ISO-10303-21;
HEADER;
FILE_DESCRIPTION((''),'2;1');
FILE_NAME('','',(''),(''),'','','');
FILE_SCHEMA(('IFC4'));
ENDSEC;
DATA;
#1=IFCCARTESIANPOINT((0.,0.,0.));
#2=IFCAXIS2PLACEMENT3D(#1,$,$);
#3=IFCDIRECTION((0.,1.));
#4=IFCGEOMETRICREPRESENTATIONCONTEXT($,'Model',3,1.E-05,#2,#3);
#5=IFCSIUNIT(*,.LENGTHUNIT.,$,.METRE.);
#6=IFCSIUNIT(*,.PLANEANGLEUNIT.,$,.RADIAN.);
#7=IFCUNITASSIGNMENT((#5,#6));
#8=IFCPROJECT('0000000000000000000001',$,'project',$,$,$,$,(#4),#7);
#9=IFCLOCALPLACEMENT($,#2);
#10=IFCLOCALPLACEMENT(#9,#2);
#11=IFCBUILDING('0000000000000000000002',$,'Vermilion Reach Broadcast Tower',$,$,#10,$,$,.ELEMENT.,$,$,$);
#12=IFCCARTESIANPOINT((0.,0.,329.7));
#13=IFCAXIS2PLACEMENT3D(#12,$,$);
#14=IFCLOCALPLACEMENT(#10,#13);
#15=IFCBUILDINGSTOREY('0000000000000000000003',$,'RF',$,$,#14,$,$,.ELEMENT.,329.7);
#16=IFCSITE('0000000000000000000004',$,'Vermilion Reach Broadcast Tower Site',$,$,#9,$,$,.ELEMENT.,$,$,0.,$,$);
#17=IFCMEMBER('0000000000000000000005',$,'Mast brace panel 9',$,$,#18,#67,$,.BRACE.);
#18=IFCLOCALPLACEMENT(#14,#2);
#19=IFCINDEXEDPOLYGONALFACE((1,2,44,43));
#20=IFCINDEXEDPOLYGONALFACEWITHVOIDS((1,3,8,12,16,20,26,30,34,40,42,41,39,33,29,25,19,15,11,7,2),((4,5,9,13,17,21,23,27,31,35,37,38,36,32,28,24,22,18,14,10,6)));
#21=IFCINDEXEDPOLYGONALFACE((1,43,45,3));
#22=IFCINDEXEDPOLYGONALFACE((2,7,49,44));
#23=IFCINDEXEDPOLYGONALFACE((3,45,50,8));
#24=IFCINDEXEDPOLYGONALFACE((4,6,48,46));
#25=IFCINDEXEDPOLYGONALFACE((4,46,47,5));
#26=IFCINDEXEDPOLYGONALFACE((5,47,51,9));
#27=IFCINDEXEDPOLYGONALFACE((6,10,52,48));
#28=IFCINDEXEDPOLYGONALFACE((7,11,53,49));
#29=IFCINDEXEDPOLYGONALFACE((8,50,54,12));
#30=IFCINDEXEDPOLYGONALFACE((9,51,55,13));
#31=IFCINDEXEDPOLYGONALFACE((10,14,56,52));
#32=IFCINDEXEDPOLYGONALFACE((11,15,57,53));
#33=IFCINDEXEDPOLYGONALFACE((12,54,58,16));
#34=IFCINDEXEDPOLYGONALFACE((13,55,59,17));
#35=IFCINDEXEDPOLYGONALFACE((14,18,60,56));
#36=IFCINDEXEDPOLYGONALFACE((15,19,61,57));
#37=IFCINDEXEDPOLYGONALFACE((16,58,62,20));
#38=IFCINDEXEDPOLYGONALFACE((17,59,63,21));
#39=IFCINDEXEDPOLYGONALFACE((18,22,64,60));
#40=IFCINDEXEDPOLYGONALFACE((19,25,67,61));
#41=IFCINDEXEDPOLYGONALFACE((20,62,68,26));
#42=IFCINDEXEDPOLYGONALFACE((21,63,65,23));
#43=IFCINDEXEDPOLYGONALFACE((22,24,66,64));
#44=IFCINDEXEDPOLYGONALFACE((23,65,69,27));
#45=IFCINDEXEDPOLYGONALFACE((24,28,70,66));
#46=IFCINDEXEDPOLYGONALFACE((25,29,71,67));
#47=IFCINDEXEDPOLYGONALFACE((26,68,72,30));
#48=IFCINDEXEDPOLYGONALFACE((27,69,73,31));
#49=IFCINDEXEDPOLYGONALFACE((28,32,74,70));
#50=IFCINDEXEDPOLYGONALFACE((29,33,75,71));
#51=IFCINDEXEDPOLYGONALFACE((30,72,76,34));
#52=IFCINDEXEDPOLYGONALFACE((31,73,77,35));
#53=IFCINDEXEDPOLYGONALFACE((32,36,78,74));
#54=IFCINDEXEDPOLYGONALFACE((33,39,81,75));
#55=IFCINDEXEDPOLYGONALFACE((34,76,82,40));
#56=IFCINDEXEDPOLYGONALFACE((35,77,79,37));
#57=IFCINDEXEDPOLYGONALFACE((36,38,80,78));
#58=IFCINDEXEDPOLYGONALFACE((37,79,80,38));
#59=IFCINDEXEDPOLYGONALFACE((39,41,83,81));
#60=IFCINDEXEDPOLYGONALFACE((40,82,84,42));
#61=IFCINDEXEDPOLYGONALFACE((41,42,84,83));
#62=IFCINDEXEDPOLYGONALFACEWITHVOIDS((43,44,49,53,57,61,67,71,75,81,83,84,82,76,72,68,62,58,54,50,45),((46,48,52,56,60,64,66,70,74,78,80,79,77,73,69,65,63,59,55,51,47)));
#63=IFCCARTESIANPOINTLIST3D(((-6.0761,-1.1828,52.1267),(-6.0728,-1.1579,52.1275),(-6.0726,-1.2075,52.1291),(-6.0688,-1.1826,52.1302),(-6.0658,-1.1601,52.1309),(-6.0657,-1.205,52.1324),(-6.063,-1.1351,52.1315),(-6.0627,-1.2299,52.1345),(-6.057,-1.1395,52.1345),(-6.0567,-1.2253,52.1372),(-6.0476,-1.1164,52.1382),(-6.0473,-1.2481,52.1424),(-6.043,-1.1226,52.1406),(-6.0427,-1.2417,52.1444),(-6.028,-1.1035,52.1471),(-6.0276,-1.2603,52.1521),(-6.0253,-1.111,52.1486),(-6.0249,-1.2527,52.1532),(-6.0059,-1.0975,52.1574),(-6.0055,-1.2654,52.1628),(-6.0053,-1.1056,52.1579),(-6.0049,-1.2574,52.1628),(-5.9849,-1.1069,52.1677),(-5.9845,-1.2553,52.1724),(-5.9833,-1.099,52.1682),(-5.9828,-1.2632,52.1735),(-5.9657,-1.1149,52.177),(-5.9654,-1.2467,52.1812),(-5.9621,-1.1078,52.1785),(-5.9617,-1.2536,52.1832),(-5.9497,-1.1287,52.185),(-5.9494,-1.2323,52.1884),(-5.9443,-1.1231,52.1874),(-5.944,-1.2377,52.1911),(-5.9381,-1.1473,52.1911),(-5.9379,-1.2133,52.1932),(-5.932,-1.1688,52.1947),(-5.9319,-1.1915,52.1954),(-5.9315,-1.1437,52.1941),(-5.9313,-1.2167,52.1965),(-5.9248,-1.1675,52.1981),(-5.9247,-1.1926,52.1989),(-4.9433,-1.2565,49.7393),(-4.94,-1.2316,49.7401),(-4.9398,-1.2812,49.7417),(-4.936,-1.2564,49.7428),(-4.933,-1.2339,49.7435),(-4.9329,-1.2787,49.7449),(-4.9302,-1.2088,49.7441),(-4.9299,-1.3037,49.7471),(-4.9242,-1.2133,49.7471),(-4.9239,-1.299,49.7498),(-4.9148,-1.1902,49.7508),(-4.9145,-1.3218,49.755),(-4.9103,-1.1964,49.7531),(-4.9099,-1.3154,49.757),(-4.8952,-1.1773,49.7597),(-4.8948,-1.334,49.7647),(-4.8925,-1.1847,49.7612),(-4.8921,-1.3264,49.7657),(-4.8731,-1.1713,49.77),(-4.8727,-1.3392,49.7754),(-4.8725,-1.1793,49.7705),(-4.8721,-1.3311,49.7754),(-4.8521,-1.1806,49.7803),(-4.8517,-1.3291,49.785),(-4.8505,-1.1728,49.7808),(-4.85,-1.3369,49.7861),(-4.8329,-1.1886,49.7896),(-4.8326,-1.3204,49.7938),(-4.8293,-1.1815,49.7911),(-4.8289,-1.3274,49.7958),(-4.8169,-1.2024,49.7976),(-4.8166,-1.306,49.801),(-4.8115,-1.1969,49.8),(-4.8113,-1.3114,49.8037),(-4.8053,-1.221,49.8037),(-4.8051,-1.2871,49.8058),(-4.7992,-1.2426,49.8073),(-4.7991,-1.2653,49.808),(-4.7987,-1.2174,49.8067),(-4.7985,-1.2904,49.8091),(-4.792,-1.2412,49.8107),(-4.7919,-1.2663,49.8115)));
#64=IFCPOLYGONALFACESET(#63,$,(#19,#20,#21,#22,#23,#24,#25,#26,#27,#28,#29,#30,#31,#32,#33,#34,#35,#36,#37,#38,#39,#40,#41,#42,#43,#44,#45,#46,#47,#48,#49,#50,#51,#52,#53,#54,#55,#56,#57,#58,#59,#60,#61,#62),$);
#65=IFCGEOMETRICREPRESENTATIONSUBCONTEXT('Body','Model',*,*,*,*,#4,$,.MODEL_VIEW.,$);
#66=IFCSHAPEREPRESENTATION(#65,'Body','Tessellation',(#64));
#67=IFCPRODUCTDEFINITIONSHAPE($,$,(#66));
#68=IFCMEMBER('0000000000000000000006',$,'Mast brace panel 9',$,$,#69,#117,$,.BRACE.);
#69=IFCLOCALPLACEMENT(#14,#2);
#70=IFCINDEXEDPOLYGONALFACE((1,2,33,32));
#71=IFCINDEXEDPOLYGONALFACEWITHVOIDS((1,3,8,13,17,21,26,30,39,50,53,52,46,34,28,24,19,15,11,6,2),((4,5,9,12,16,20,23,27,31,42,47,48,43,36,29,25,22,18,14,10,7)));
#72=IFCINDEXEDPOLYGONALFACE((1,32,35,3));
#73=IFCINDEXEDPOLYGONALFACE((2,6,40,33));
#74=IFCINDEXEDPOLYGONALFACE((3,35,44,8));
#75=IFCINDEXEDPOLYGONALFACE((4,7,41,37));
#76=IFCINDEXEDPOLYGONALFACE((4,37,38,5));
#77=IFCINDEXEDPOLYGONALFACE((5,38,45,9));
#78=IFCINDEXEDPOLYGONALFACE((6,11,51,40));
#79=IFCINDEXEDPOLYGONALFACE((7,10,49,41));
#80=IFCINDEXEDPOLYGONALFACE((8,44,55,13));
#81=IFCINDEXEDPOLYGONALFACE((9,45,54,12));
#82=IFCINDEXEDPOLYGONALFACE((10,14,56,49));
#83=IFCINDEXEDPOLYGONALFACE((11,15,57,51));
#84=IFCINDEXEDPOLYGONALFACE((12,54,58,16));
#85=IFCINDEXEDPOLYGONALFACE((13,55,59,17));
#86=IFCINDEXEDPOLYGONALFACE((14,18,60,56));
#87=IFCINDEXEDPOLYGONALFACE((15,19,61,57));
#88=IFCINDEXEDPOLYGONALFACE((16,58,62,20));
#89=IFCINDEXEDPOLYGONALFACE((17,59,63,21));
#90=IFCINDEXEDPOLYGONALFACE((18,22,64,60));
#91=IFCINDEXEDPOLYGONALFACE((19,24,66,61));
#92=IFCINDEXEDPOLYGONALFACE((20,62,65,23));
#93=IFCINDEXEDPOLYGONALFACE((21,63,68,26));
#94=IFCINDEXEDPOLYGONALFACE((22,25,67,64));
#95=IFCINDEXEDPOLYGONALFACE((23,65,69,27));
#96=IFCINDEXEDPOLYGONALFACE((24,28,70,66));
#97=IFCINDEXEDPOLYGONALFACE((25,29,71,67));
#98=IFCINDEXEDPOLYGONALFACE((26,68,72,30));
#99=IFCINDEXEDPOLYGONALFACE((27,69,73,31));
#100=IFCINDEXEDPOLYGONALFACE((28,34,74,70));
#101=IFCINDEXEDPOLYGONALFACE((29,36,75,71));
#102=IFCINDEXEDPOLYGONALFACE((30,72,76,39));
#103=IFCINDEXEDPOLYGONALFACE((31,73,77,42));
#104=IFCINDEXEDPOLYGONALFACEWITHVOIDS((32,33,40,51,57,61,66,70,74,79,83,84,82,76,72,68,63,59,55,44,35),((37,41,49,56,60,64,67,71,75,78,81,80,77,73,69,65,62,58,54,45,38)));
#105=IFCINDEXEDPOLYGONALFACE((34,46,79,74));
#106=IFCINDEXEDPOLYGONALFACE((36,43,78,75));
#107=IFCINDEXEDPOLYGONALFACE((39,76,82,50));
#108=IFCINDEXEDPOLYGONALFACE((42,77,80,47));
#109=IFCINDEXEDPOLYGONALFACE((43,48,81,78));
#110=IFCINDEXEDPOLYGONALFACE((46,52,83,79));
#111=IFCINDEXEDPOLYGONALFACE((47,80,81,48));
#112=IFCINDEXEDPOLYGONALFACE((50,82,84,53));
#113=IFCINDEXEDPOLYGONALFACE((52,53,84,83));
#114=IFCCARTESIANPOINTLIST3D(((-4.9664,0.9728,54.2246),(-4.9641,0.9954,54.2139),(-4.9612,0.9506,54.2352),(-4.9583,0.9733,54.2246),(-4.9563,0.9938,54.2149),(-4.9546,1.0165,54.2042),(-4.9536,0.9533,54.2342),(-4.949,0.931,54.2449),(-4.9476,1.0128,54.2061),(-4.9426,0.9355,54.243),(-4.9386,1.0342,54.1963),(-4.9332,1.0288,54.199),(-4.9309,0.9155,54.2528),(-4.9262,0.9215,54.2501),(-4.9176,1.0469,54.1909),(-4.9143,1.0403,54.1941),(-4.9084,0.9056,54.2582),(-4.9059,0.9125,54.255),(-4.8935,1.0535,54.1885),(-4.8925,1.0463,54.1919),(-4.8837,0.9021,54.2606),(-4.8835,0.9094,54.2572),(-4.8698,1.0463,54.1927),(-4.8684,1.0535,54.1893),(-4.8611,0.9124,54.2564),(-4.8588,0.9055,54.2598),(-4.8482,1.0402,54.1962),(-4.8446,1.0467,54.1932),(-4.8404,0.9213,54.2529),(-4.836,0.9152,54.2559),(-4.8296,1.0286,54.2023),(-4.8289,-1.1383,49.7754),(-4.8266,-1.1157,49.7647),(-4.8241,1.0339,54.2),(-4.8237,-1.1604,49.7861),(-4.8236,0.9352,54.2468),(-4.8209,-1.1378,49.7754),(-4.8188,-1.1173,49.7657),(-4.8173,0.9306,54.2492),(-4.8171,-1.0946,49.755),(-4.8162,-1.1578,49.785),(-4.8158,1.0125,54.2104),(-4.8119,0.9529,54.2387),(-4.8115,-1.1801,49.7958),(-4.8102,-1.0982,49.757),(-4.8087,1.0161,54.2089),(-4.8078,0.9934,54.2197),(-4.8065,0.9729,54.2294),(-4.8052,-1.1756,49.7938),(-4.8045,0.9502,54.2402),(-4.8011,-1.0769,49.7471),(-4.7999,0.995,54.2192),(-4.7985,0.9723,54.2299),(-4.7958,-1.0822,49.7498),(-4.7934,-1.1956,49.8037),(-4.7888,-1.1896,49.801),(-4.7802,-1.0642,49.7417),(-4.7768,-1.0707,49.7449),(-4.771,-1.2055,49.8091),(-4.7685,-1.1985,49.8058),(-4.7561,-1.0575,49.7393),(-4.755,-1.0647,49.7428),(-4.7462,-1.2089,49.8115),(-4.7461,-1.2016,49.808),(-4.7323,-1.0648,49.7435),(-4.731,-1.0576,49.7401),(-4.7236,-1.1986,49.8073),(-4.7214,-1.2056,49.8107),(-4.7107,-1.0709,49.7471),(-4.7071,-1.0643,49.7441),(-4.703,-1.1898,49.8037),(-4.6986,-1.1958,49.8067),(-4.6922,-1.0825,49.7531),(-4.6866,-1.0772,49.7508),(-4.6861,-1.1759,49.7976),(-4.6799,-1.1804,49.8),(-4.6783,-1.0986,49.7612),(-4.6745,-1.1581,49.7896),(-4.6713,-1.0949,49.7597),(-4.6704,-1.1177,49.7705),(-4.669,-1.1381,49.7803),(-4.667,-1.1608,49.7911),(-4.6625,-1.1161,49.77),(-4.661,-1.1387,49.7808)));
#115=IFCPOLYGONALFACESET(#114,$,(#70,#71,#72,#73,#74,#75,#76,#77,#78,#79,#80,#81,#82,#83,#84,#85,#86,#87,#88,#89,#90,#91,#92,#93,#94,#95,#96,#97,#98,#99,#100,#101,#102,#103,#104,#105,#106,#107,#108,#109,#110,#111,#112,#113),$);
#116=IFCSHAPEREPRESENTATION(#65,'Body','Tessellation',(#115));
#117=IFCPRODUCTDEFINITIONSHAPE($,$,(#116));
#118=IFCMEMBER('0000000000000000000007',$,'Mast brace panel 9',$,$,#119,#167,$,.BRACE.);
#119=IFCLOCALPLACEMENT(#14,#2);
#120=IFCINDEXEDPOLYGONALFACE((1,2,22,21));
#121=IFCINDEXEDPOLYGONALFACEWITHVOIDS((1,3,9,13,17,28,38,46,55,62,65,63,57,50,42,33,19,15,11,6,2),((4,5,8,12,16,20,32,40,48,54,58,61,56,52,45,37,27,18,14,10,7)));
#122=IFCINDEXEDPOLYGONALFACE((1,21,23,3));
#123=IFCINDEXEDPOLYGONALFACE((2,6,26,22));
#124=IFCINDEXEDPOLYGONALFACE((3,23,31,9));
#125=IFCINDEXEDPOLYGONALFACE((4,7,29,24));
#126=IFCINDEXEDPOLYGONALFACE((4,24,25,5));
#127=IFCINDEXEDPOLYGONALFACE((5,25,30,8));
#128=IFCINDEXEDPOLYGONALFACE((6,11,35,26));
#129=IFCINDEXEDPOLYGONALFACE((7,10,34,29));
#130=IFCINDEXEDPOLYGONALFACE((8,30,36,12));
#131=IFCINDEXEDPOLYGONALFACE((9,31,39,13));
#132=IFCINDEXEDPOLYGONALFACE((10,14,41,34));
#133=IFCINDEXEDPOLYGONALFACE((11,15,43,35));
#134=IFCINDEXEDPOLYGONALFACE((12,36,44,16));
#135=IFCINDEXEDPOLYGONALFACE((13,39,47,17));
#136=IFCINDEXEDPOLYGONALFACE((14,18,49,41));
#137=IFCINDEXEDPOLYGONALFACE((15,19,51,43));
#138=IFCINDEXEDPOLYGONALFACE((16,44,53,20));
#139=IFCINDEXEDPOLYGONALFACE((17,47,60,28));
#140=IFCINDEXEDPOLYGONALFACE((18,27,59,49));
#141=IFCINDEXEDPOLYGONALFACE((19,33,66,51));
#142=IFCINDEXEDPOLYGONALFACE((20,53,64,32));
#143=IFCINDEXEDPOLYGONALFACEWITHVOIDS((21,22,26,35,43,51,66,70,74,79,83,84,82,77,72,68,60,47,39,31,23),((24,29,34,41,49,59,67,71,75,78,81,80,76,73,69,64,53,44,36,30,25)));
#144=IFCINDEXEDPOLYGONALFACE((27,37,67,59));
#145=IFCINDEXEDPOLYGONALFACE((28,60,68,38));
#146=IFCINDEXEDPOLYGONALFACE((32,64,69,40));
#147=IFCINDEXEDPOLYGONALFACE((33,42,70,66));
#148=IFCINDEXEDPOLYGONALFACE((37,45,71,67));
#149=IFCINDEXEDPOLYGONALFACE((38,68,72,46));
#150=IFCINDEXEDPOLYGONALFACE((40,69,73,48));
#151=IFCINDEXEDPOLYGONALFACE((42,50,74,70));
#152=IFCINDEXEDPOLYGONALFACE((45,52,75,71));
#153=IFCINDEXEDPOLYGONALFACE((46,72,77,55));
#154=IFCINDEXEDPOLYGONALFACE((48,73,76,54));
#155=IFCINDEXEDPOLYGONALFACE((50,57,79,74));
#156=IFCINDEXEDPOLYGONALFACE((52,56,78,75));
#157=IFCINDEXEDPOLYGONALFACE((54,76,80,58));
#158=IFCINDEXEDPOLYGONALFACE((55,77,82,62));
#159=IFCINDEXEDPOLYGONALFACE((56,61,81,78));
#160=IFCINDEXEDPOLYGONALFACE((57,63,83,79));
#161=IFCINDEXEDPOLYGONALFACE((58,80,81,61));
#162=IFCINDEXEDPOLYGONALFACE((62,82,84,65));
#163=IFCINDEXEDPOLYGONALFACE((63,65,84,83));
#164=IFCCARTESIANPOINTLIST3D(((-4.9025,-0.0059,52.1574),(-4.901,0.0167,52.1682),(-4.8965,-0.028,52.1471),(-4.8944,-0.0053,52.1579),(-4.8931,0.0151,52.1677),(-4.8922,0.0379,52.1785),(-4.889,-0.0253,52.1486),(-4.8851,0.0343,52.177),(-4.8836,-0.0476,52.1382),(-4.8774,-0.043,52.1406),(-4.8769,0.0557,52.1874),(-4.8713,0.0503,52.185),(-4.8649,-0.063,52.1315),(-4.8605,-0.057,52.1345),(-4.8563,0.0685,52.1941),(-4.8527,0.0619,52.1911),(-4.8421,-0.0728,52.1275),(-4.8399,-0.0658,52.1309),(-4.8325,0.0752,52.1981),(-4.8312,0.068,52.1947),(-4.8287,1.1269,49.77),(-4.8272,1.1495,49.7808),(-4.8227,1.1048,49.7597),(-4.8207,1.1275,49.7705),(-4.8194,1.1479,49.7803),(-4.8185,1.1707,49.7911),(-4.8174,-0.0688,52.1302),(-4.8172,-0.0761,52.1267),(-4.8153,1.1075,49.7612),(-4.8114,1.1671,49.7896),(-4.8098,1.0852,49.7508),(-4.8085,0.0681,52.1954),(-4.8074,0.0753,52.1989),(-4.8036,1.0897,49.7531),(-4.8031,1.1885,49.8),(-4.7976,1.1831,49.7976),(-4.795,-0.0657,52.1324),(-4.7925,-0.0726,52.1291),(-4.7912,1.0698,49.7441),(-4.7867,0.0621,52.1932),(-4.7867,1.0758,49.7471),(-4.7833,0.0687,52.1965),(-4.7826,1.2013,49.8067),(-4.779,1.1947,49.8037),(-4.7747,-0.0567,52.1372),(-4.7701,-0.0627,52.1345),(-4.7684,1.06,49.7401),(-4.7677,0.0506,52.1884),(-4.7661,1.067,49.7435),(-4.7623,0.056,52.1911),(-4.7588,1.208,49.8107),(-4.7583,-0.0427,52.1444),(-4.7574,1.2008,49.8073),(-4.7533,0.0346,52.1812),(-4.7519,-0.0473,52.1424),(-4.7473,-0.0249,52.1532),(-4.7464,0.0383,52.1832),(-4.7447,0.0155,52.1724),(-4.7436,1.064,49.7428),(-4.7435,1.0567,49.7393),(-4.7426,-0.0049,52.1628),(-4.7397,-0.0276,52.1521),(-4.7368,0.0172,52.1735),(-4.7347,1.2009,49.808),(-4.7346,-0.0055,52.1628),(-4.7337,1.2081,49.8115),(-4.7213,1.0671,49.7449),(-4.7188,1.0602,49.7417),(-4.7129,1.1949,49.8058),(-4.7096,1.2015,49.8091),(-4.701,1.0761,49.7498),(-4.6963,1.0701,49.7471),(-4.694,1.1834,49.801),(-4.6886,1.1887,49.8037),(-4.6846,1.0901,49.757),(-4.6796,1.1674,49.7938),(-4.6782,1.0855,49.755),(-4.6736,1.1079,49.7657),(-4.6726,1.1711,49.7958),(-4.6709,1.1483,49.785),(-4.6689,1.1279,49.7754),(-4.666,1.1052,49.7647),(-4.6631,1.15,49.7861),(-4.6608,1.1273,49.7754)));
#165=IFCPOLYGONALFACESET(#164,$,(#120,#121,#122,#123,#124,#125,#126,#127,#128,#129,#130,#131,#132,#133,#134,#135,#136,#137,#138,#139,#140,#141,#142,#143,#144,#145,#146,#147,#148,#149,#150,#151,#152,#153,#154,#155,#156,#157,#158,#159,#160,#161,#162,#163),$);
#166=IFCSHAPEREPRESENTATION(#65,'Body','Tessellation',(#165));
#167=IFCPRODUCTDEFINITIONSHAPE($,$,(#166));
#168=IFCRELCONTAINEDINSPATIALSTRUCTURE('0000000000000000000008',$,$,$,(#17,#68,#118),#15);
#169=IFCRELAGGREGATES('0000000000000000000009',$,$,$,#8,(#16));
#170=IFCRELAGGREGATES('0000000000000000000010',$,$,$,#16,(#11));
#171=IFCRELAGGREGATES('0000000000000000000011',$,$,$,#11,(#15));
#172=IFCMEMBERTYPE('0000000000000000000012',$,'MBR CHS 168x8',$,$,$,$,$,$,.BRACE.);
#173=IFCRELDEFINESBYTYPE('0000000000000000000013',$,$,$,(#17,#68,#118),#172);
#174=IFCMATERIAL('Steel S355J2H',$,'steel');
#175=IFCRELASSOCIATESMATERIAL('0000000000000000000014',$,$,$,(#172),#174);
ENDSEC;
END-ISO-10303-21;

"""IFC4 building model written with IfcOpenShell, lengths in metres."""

from ifc_helpers import new_model, si_unit, direction, frame, origin, origin_2d, place, context, subcontext, project, spatial, hollow_circle, extrude, material, material_profile, profile_set, type_object, element, save


model = new_model("IFC4")

# Units and contexts
model_context = context("Model", 3, precision=1e-05, world=origin(), true_north=direction((0.0, 1.0)))
body_context = subcontext(model_context, "Body", "Model", "MODEL_VIEW")
ifc_project = project(units=[si_unit("LENGTHUNIT", "METRE"), si_unit("PLANEANGLEUNIT", "RADIAN")], contexts=[model_context])

# Site, building, storey
site_placement = place(None, origin())
site = spatial("IfcSite", under=ifc_project, at=site_placement, Name="Vermilion Reach Broadcast Tower Site", CompositionType="ELEMENT", RefElevation=0.0)
building_placement = place(site_placement, origin())
building = spatial("IfcBuilding", under=site, at=building_placement, Name="Vermilion Reach Broadcast Tower", CompositionType="ELEMENT")
storey_placement = place(building_placement, frame((0.0, 0.0, 329.7)))
storey = spatial("IfcBuildingStorey", under=building, at=storey_placement, Name="RF", CompositionType="ELEMENT", Elevation=329.7)

# Members
ifc_material_1 = material(Name="Steel S355J2H", Category="steel")
ifc_material_profile_1 = material_profile(ifc_material_1, hollow_circle(Radius=0.0842, WallThickness=0.0081, at=origin_2d()), Name="S355J2H CHS 168x8")
ifc_profile_set_1 = profile_set([ifc_material_profile_1], Name="Steel S355J2H")
member_type_1 = type_object("IfcMemberType", Name="MBR CHS 168x8", PredefinedType="BRACE", material=ifc_profile_set_1)
member_1_placement = place(storey_placement, frame((-4.8672, -1.2551, 49.7754), z_axis=(-0.428511, 0.02789, 0.903106), x_axis=(-0.064949, -0.997889, 0.0)))
element("IfcMember", 1, at=member_1_placement, inside=storey, type_object=member_type_1, Name="Mast brace panel 9", PredefinedType="BRACE", context=body_context, shape_type="SweptSolid", body=[
    extrude(hollow_circle(Radius=0.0842, WallThickness=0.0081, at=origin_2d()), origin(), (0.0, 0.0, 1.0), 2.6436),
])
member_2_placement = place(storey_placement, frame((-4.7449, -1.1328, 49.7754), z_axis=(-0.0279, 0.42851, 0.903106), x_axis=(-0.997887, -0.064972, 0.0)))
element("IfcMember", 2, at=member_2_placement, inside=storey, type_object=member_type_1, Name="Mast brace panel 9", PredefinedType="BRACE", context=body_context, shape_type="SweptSolid", body=[
    extrude(hollow_circle(Radius=0.0842, WallThickness=0.0081, at=origin_2d()), origin(), (0.0, 0.0, 1.0), 4.9265),
])
member_3_placement = place(storey_placement, frame((-4.7449, 1.1328, 49.7754), z_axis=(-0.02789, -0.428511, 0.903106), x_axis=(0.997889, -0.064949, 0.0)))
element("IfcMember", 3, at=member_3_placement, inside=storey, type_object=member_type_1, Name="Mast brace panel 9", PredefinedType="BRACE", context=body_context, shape_type="SweptSolid", body=[
    extrude(hollow_circle(Radius=0.0842, WallThickness=0.0081, at=origin_2d()), origin(), (0.0, 0.0, 1.0), 2.6436),
])

save(model, "model.ifc")
